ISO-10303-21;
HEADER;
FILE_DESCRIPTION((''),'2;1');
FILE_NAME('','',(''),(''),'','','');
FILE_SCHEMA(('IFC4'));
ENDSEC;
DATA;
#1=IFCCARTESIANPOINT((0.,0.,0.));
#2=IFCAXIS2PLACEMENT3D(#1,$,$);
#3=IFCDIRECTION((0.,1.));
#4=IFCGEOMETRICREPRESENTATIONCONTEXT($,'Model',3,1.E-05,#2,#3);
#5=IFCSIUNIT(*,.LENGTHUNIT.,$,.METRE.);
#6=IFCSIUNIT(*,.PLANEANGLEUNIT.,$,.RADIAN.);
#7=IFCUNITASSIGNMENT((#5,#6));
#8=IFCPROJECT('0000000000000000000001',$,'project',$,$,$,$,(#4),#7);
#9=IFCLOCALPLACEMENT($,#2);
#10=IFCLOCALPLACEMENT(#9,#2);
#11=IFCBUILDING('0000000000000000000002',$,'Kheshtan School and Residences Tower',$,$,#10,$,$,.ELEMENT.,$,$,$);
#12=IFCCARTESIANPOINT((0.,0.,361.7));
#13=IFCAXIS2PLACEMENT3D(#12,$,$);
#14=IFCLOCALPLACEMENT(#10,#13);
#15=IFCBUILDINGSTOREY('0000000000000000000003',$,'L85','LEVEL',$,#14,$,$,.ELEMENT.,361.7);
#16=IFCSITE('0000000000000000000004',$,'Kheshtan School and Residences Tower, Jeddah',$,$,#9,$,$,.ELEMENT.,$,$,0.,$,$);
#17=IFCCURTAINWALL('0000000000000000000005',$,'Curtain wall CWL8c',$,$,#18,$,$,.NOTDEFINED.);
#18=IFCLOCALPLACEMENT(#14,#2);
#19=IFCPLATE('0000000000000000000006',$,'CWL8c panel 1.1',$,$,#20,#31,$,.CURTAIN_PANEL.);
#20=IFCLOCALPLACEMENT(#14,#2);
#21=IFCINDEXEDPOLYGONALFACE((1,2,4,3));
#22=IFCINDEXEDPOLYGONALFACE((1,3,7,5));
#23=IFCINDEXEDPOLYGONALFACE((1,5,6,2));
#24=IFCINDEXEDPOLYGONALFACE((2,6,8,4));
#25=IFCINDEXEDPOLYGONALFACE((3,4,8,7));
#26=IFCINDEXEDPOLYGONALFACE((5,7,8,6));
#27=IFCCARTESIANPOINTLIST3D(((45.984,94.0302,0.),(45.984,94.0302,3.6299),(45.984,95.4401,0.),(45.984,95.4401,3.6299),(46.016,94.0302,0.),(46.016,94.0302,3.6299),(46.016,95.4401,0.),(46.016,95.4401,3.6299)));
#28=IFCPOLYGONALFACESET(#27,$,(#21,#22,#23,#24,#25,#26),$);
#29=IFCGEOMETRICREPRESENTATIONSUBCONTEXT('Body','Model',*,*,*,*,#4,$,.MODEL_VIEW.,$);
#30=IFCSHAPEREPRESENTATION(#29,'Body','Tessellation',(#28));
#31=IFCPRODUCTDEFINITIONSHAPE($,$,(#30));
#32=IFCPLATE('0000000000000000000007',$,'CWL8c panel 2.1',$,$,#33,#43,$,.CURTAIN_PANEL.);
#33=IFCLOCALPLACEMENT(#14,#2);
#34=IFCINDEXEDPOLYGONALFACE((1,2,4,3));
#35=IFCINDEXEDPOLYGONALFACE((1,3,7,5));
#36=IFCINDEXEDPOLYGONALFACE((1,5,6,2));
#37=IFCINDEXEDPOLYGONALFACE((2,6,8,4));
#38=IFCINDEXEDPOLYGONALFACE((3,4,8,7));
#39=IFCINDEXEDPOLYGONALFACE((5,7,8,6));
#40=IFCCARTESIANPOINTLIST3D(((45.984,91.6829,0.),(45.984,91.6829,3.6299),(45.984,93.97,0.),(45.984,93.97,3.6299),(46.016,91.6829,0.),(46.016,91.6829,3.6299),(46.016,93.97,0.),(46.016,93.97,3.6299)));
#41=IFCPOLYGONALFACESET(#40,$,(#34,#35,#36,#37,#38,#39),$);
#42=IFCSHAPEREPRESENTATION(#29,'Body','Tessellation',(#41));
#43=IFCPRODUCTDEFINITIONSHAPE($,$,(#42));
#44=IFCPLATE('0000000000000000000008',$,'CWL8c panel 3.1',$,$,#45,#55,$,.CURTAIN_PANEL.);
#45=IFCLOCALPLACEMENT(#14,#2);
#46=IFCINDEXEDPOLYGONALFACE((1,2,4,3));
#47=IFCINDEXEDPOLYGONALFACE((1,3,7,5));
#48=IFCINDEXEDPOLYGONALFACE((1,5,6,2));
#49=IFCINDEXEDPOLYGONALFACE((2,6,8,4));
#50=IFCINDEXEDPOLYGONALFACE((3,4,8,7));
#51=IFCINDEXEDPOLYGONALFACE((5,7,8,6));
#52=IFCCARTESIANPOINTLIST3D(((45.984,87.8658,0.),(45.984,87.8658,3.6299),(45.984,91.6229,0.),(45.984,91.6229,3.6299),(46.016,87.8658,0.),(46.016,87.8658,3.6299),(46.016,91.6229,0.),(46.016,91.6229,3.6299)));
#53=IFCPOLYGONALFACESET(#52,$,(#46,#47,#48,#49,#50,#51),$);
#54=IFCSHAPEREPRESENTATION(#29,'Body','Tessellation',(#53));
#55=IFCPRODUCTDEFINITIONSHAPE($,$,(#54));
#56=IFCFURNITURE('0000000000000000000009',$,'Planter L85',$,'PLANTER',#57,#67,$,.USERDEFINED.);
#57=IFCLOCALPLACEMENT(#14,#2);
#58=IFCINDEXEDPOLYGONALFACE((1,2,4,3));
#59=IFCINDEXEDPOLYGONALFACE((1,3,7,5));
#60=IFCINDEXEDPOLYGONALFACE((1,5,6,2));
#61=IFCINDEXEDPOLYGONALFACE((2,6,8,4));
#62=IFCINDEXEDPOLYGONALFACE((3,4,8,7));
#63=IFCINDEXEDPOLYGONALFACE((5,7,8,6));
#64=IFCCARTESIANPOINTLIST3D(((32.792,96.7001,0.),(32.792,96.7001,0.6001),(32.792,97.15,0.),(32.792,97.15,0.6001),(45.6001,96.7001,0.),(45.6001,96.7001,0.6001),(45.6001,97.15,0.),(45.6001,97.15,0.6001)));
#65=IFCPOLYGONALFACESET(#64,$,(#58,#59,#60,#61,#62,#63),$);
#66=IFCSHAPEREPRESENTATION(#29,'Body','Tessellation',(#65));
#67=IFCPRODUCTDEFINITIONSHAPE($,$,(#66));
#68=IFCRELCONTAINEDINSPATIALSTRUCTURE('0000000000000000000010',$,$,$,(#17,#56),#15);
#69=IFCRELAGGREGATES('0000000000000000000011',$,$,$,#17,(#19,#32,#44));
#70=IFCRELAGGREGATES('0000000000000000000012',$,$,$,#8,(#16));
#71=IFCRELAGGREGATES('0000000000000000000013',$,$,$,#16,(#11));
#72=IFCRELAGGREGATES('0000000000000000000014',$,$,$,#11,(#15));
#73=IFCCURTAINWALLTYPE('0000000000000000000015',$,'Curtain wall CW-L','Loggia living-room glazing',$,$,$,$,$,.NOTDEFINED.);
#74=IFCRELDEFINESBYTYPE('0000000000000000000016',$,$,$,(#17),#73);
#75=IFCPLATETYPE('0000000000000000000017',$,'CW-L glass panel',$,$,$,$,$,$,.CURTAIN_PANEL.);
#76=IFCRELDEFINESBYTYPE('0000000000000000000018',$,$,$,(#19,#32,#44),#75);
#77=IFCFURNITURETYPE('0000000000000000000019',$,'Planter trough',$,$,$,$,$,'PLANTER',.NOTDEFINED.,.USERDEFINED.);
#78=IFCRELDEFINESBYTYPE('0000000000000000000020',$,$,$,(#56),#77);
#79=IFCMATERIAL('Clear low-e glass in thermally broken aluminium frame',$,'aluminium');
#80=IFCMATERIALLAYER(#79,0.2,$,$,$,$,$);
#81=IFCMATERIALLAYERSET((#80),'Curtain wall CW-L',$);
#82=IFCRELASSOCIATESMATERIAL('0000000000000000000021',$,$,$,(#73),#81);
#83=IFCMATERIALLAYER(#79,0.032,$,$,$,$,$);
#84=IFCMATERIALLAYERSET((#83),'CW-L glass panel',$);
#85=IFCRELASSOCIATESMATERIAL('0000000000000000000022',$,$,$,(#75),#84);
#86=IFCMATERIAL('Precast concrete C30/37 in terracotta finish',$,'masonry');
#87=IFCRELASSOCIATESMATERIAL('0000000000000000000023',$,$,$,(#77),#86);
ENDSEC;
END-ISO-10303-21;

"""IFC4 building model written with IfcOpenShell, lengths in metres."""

from ifc_helpers import new_model, si_unit, direction, frame, origin, origin_2d, place, context, subcontext, project, spatial, rectangle, extrude, material, layer, layer_set, type_object, element, aggregate, save


model = new_model("IFC4")

# Units and contexts
model_context = context("Model", 3, precision=1e-05, world=origin(), true_north=direction((0.0, 1.0)))
body_context = subcontext(model_context, "Body", "Model", "MODEL_VIEW")
ifc_project = project(units=[si_unit("LENGTHUNIT", "METRE"), si_unit("PLANEANGLEUNIT", "RADIAN")], contexts=[model_context])

# Site, building, storey
site_placement = place(None, origin())
site = spatial("IfcSite", under=ifc_project, at=site_placement, Name="Kheshtan School and Residences Tower, Jeddah", CompositionType="ELEMENT", RefElevation=0.0)
building_placement = place(site_placement, origin())
building = spatial("IfcBuilding", under=site, at=building_placement, Name="Kheshtan School and Residences Tower", CompositionType="ELEMENT")
storey_placement = place(building_placement, frame((0.0, 0.0, 361.7)))
storey = spatial("IfcBuildingStorey", under=building, at=storey_placement, Name="L85", Description="LEVEL", CompositionType="ELEMENT", Elevation=361.7)

# Curtain wall
ifc_material_1 = material(Name="Clear low-e glass in thermally broken aluminium frame", Category="aluminium")
ifc_layer_1 = layer(ifc_material_1, 0.2)
ifc_layer_set_1 = layer_set([ifc_layer_1], Name="Curtain wall CW-L")
curtain_wall_type = type_object("IfcCurtainWallType", Name="Curtain wall CW-L", Description="Loggia living-room glazing", PredefinedType="NOTDEFINED", material=ifc_layer_set_1)
curtain_wall_1_placement = place(storey_placement, origin())
curtain_wall_1 = element("IfcCurtainWall", 1, at=curtain_wall_1_placement, inside=storey, type_object=curtain_wall_type, Name="Curtain wall CWL8c", PredefinedType="NOTDEFINED")

# Plates
ifc_layer_2 = layer(ifc_material_1, 0.032)
ifc_layer_set_2 = layer_set([ifc_layer_2], Name="CW-L glass panel")
plate_type = type_object("IfcPlateType", Name="CW-L glass panel", PredefinedType="CURTAIN_PANEL", material=ifc_layer_set_2)
plate_1_placement = place(storey_placement, frame((46.0, 94.7351, 0.0), z_axis=(0.0, 0.0, 1.0), x_axis=(0.0, -1.0, 0.0)))
plate_1 = element("IfcPlate", 2, at=plate_1_placement, type_object=plate_type, Name="CWL8c panel 1.1", PredefinedType="CURTAIN_PANEL", context=body_context, shape_type="SweptSolid", body=[
    extrude(rectangle(XDim=1.4099, YDim=0.032, at=origin_2d()), origin(), (0.0, 0.0, 1.0), 3.6299),
])
plate_2_placement = place(storey_placement, frame((46.0, 92.8264, 0.0), z_axis=(0.0, 0.0, 1.0), x_axis=(0.0, -1.0, 0.0)))
plate_2 = element("IfcPlate", 3, at=plate_2_placement, type_object=plate_type, Name="CWL8c panel 2.1", PredefinedType="CURTAIN_PANEL", context=body_context, shape_type="SweptSolid", body=[
    extrude(rectangle(XDim=2.2871, YDim=0.032, at=origin_2d()), origin(), (0.0, 0.0, 1.0), 3.6299),
])
plate_3_placement = place(storey_placement, frame((46.0, 89.7444, 0.0), z_axis=(0.0, 0.0, 1.0), x_axis=(0.0, -1.0, 0.0)))
plate_3 = element("IfcPlate", 4, at=plate_3_placement, type_object=plate_type, Name="CWL8c panel 3.1", PredefinedType="CURTAIN_PANEL", context=body_context, shape_type="SweptSolid", body=[
    extrude(rectangle(XDim=3.7571, YDim=0.032, at=origin_2d()), origin(), (0.0, 0.0, 1.0), 3.6299),
])
aggregate(curtain_wall_1, [plate_1, plate_2, plate_3])

# Furniture
ifc_material_2 = material(Name="Precast concrete C30/37 in terracotta finish", Category="masonry")
furniture_type = type_object("IfcFurnitureType", Name="Planter trough", ElementType="PLANTER", AssemblyPlace="NOTDEFINED", PredefinedType="USERDEFINED", material=ifc_material_2)
furniture_placement = place(storey_placement, frame((39.196, 96.925, 0.0), z_axis=(0.0, 0.0, 1.0), x_axis=(1.0, 0.0, 0.0)))
element("IfcFurniture", 5, at=furniture_placement, inside=storey, type_object=furniture_type, Name="Planter L85", ObjectType="PLANTER", PredefinedType="USERDEFINED", context=body_context, shape_type="SweptSolid", body=[
    extrude(rectangle(XDim=12.8081, YDim=0.45, at=origin_2d()), origin(), (0.0, 0.0, 1.0), 0.6001),
])

save(model, "model.ifc")
